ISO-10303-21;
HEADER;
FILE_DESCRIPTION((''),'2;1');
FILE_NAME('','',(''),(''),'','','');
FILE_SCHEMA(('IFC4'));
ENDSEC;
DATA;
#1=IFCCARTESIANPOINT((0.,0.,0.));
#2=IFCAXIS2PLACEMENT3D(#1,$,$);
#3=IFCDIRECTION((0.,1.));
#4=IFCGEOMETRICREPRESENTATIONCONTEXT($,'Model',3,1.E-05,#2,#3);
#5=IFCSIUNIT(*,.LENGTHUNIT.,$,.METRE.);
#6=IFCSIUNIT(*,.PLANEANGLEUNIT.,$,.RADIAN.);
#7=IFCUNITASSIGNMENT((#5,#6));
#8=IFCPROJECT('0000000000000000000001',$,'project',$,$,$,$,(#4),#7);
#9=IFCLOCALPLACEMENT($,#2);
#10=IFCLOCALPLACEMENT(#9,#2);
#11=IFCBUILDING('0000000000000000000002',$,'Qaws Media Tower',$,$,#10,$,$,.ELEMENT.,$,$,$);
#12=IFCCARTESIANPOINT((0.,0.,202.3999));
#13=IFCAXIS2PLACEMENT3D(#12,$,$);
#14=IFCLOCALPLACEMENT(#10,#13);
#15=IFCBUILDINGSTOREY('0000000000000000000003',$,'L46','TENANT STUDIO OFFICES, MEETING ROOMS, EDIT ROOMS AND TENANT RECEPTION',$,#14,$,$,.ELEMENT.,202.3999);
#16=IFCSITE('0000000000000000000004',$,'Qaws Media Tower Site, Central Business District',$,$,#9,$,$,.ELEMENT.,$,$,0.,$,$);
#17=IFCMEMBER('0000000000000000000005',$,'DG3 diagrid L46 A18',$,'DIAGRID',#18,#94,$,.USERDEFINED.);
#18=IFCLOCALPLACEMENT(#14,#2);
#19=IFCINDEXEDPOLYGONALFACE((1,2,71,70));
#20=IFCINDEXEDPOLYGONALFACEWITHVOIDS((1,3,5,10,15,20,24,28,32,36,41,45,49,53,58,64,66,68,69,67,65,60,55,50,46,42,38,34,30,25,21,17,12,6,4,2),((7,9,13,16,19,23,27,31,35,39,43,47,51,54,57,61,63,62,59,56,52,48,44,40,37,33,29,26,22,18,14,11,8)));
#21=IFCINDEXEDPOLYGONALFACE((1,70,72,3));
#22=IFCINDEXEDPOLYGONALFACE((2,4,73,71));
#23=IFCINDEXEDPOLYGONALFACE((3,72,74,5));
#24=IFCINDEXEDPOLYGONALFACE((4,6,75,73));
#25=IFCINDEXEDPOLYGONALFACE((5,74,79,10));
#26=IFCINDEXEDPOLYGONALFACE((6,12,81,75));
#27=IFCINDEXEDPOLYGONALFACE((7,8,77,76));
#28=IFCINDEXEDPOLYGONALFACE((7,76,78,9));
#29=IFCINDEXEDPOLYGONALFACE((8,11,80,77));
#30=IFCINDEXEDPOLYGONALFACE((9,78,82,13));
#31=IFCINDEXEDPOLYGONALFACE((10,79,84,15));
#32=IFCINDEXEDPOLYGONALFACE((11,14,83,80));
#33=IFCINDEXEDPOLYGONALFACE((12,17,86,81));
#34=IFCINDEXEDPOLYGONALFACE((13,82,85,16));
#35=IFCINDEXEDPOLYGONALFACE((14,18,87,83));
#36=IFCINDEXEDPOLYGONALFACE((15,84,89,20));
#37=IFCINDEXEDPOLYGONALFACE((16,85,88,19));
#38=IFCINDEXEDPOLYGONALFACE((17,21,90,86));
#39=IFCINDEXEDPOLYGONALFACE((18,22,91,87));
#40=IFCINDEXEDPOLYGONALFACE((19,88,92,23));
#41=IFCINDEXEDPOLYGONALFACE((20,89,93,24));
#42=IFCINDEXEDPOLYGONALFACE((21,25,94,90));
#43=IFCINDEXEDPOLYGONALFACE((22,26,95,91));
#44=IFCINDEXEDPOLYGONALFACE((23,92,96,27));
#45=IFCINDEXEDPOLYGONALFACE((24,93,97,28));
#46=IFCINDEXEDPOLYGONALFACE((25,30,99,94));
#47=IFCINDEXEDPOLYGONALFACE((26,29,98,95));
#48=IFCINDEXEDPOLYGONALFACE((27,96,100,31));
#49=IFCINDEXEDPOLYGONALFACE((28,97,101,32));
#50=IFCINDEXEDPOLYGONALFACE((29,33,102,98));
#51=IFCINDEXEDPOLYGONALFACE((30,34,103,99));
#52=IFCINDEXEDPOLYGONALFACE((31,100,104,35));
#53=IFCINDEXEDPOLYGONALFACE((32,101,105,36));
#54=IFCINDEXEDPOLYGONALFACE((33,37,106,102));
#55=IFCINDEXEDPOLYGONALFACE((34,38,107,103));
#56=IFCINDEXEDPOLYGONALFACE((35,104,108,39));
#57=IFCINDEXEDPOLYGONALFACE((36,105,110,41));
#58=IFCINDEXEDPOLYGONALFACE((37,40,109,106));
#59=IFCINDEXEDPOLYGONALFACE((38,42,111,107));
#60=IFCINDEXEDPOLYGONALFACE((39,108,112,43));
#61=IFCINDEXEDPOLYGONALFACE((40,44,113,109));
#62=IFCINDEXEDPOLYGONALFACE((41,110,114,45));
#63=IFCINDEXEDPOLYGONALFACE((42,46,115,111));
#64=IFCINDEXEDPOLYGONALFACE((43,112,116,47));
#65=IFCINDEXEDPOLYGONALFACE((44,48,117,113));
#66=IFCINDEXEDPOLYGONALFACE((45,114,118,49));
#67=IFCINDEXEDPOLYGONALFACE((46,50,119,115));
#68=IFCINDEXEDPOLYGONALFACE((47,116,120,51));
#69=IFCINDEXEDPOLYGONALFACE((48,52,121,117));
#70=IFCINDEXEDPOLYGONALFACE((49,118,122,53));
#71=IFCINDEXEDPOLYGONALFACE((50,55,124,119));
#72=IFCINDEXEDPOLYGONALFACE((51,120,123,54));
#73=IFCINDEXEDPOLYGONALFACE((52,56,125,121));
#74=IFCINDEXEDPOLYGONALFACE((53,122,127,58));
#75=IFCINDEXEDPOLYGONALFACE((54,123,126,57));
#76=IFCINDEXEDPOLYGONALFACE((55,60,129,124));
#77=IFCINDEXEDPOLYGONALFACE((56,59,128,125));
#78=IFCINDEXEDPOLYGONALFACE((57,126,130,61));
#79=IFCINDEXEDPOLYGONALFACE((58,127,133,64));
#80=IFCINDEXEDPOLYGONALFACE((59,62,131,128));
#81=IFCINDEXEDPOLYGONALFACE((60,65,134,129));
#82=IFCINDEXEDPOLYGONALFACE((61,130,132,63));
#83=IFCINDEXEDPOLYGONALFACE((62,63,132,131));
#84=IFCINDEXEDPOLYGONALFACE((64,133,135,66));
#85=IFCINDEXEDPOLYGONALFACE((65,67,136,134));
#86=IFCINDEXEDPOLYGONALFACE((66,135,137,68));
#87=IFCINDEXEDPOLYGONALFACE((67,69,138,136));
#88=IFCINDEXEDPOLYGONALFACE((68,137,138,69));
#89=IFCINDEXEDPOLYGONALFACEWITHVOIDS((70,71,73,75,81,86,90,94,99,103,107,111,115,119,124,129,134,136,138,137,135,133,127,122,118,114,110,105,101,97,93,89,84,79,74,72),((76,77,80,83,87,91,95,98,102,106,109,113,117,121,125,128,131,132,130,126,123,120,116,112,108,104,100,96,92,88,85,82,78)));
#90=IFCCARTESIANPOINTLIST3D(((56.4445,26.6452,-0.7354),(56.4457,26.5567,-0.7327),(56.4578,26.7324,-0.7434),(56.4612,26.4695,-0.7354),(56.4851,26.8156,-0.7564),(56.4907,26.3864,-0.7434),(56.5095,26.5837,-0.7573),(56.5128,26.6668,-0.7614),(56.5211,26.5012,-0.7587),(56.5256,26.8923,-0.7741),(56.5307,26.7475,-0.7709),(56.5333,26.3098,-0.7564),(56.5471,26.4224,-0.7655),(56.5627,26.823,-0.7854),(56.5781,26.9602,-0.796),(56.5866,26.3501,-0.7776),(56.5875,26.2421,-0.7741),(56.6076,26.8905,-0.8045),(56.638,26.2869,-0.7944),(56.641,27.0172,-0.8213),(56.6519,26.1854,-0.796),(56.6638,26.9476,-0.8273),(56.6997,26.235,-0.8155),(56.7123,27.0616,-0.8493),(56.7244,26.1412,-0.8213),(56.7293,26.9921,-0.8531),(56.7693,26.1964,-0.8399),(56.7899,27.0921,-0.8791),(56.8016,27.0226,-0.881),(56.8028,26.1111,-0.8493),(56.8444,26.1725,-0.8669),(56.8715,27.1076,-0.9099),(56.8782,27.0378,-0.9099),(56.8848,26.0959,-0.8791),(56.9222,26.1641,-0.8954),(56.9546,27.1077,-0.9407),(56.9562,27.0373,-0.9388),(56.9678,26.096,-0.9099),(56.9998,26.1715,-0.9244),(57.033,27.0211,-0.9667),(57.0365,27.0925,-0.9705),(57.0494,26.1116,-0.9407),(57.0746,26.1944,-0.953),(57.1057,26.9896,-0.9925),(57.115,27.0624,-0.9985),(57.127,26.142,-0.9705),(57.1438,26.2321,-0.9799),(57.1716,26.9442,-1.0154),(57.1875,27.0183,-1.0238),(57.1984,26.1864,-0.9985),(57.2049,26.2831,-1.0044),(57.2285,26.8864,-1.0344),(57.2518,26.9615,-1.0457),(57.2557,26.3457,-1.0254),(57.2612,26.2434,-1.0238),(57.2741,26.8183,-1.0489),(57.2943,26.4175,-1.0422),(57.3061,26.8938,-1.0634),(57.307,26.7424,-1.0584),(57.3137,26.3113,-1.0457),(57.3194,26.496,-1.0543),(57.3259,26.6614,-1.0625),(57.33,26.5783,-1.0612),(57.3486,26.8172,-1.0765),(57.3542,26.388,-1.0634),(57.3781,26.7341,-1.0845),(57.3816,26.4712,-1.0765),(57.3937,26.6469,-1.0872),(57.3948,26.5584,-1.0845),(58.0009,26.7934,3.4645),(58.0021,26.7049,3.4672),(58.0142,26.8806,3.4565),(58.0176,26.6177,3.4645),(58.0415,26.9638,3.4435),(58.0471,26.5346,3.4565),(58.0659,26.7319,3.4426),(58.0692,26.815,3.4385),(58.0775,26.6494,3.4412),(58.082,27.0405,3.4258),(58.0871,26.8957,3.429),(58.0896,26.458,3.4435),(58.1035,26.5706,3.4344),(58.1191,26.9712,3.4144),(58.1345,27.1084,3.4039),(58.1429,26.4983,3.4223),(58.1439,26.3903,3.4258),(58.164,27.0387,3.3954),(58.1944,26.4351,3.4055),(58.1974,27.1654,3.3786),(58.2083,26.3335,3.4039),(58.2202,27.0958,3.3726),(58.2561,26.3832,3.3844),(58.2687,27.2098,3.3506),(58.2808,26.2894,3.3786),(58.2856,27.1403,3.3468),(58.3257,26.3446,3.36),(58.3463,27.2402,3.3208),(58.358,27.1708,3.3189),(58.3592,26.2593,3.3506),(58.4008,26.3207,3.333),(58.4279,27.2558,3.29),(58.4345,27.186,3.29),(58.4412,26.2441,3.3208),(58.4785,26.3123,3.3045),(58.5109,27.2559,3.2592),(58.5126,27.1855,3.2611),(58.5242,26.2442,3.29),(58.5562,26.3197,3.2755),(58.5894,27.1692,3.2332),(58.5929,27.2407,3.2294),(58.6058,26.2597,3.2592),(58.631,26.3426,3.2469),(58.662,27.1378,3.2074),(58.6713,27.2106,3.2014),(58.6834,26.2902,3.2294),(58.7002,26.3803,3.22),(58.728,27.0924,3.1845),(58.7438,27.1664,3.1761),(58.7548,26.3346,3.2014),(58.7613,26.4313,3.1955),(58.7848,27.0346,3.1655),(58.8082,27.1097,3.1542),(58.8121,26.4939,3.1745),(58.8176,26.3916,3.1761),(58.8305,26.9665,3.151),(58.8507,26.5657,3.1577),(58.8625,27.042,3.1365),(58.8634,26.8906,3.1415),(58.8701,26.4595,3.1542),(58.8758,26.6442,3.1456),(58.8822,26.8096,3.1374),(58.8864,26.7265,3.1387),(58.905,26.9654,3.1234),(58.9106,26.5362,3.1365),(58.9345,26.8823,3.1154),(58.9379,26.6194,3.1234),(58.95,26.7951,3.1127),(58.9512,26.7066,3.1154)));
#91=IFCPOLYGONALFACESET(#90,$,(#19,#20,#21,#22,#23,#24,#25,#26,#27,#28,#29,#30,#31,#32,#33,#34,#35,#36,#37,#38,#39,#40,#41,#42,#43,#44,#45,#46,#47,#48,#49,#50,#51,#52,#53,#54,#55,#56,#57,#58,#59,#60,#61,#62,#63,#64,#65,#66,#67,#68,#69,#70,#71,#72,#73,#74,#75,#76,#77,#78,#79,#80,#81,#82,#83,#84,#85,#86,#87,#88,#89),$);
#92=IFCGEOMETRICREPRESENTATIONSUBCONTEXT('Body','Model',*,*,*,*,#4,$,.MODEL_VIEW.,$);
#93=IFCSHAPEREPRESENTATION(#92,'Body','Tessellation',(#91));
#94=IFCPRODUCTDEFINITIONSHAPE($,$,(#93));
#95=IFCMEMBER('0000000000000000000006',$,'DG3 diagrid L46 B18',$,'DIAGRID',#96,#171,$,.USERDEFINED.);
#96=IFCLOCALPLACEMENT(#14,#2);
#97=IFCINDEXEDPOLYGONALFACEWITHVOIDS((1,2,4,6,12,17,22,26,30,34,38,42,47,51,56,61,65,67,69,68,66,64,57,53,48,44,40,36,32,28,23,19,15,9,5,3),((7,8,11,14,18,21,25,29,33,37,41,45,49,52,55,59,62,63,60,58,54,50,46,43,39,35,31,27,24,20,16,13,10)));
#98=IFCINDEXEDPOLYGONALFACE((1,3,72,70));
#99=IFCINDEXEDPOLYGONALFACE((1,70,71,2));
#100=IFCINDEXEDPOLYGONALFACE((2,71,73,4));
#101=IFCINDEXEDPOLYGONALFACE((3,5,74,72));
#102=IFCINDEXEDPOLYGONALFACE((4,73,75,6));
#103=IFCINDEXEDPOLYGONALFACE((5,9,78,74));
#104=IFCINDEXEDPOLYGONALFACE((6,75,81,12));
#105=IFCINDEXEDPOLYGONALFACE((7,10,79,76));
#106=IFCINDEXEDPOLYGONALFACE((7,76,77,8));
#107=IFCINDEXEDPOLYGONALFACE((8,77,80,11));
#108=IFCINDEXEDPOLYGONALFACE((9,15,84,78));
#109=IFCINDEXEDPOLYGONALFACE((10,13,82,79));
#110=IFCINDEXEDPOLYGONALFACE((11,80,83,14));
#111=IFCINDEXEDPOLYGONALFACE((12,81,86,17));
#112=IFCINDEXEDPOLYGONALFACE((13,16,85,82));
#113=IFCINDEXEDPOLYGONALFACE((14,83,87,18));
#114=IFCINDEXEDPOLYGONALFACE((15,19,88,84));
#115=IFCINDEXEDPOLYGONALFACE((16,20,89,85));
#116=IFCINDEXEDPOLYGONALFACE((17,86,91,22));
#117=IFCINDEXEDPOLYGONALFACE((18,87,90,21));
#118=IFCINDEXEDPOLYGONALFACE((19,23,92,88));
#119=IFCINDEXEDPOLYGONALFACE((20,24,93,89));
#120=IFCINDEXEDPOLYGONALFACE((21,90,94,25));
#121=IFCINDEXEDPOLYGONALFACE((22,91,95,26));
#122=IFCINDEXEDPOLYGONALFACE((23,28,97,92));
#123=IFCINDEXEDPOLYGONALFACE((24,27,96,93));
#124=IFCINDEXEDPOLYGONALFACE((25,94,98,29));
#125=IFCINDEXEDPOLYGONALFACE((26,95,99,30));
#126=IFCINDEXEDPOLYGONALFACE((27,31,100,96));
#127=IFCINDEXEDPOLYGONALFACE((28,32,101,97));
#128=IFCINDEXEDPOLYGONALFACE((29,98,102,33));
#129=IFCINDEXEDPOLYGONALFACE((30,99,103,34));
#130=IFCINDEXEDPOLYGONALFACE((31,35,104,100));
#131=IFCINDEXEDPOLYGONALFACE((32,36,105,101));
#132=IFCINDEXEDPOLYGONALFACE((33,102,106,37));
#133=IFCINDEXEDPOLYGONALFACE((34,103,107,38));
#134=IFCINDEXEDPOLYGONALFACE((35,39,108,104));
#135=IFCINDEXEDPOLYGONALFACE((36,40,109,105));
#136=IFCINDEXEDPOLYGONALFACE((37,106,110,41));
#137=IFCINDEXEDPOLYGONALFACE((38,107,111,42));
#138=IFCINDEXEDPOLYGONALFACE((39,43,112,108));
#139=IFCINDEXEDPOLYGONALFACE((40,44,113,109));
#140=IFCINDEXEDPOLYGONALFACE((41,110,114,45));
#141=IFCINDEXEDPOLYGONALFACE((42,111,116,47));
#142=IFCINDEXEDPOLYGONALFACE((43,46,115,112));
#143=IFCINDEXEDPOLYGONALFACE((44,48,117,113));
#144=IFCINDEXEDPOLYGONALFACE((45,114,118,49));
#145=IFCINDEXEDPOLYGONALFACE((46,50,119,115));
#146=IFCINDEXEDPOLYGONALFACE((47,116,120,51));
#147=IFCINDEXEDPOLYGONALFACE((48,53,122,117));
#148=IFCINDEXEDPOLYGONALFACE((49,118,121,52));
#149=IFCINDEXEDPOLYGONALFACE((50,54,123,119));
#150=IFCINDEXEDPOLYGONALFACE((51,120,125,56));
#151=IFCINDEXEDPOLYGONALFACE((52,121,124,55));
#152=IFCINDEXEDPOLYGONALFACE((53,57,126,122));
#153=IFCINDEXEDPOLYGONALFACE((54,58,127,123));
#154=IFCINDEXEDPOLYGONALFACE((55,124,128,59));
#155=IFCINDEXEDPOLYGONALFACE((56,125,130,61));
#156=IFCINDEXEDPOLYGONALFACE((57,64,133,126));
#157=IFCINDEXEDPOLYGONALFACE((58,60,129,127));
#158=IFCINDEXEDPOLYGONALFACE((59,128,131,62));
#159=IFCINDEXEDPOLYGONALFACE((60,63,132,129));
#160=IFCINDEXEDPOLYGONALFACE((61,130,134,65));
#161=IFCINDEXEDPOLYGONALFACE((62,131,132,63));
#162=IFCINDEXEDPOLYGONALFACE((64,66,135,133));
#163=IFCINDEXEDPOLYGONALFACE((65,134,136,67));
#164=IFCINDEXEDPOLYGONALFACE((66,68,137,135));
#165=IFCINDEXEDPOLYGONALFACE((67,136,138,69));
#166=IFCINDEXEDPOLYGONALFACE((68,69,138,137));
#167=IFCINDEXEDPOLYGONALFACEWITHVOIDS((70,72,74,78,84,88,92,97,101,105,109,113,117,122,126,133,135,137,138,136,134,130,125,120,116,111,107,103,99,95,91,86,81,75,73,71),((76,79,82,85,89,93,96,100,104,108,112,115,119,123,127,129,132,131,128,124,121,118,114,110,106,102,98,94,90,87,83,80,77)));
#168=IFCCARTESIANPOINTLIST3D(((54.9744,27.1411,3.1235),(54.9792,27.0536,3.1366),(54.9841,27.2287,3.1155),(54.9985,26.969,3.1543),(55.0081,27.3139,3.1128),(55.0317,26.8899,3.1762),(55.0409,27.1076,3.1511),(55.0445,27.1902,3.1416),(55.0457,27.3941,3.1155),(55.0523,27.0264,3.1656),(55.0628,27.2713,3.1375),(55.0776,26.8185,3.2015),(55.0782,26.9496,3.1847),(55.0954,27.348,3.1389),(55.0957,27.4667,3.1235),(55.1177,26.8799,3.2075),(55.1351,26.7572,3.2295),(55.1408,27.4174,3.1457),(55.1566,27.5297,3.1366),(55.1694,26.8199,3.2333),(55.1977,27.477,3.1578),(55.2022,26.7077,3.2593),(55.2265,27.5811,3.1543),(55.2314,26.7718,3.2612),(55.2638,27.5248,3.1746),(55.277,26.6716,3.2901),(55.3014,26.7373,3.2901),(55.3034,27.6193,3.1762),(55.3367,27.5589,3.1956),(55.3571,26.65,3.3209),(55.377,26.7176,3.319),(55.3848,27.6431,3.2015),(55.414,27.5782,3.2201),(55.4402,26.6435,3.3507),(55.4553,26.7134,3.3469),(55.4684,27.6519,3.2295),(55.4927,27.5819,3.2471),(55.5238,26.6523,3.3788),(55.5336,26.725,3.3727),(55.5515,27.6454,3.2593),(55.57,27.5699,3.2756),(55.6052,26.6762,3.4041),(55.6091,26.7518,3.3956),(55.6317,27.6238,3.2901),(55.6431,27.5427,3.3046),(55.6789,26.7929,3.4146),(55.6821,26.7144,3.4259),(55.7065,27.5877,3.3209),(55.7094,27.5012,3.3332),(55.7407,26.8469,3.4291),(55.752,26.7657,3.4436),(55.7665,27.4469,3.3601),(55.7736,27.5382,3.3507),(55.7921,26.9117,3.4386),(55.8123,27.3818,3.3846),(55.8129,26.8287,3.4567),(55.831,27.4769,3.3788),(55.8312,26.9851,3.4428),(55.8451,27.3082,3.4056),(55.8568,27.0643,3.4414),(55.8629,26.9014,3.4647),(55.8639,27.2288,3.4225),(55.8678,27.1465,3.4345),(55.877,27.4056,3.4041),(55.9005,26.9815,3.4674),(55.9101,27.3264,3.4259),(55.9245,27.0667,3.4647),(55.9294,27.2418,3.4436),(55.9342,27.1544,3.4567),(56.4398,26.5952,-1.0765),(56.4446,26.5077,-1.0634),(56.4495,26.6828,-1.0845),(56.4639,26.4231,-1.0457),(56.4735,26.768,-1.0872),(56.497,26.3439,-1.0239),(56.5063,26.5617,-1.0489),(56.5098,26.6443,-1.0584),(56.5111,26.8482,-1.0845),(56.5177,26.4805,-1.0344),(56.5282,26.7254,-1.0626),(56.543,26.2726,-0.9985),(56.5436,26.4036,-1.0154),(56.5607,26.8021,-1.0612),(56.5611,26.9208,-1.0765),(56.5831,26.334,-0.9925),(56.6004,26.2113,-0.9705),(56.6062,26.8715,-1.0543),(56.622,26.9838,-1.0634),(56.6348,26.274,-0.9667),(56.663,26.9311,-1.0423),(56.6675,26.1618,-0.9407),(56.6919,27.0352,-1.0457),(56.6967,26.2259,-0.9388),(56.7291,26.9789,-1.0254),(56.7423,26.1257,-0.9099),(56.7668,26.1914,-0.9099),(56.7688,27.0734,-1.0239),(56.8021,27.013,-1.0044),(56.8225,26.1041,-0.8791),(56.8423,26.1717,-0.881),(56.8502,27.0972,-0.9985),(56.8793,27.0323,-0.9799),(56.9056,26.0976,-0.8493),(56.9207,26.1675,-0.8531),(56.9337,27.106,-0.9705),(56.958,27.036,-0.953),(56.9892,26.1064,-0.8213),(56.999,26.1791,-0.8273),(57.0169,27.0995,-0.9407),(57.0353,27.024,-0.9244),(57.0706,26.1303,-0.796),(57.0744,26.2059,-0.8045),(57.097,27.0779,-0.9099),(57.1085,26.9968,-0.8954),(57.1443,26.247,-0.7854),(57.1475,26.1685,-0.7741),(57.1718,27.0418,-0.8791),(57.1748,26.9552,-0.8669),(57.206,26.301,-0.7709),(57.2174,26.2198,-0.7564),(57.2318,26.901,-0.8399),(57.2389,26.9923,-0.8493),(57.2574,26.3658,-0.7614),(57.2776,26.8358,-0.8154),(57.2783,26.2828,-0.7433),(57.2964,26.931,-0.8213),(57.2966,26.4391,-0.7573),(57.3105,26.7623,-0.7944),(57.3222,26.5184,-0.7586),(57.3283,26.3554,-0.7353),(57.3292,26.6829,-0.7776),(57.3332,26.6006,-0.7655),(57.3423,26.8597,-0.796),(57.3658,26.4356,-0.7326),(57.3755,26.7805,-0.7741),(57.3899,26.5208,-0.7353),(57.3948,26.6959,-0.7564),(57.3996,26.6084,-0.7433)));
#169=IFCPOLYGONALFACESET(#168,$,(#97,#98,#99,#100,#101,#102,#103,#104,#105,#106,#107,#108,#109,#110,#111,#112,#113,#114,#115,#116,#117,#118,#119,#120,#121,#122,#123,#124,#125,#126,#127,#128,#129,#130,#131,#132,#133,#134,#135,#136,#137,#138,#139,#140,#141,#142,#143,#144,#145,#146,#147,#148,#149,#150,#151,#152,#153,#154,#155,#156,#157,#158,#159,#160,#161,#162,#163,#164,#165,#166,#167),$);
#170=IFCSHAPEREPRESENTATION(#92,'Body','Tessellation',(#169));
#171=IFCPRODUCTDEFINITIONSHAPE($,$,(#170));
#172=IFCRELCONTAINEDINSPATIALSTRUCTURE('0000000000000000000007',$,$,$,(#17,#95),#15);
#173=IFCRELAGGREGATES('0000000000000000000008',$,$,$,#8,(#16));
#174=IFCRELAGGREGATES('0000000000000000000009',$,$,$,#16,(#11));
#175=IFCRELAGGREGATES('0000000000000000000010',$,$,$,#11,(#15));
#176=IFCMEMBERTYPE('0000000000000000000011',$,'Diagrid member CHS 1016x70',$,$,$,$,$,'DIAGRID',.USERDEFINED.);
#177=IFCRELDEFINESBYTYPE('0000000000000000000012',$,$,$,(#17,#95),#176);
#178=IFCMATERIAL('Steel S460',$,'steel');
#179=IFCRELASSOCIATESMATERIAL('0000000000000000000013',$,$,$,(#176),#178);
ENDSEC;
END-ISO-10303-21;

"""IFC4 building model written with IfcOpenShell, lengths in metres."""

from ifc_helpers import new_model, si_unit, direction, frame, origin, origin_2d, place, context, subcontext, project, spatial, hollow_circle, extrude, material, material_profile, profile_set, type_object, element, save


model = new_model("IFC4")

# Units and contexts
model_context = context("Model", 3, precision=1e-05, world=origin(), true_north=direction((0.0, 1.0)))
body_context = subcontext(model_context, "Body", "Model", "MODEL_VIEW")
ifc_project = project(units=[si_unit("LENGTHUNIT", "METRE"), si_unit("PLANEANGLEUNIT", "RADIAN")], contexts=[model_context])

# Site, building, storey
site_placement = place(None, origin())
site = spatial("IfcSite", under=ifc_project, at=site_placement, Name="Qaws Media Tower Site, Central Business District", CompositionType="ELEMENT", RefElevation=0.0)
building_placement = place(site_placement, origin())
building = spatial("IfcBuilding", under=site, at=building_placement, Name="Qaws Media Tower", CompositionType="ELEMENT")
storey_placement = place(building_placement, frame((0.0, 0.0, 202.3999)))
storey = spatial("IfcBuildingStorey", under=building, at=storey_placement, Name="L46", Description="TENANT STUDIO OFFICES, MEETING ROOMS, EDIT ROOMS AND TENANT RECEPTION", CompositionType="ELEMENT", Elevation=202.3999)

# Members
ifc_material_1 = material(Name="Steel S460", Category="steel")
ifc_material_profile_1 = material_profile(ifc_material_1, hollow_circle(Radius=0.5081, WallThickness=0.0701, at=origin_2d()), Name="CHS 1016x70")
ifc_profile_set_1 = profile_set([ifc_material_profile_1], Name="Steel S460")
member_type_1 = type_object("IfcMemberType", Name="Diagrid member CHS 1016x70", ElementType="DIAGRID", PredefinedType="USERDEFINED", material=ifc_profile_set_1)
member_1_placement = place(storey_placement, frame((56.9197, 26.6018, -0.9099), z_axis=(0.347293, 0.033068, 0.937173), x_axis=(-0.094787, 0.995498, 0.0)))
element("IfcMember", 1, at=member_1_placement, inside=storey, type_object=member_type_1, Name="DG3 diagrid L46 A18", ObjectType="DIAGRID", PredefinedType="USERDEFINED", context=body_context, shape_type="SweptSolid", body=[
    extrude(hollow_circle(Radius=0.5081, WallThickness=0.0701, at=origin_2d()), origin(), (0.0, 0.0, 1.0), 4.4814),
])
for number, where, z_axis, x_axis, name in (
    (2, (56.9197, 26.6018, -0.9099), (-0.326966, 0.121809, 0.937153), (-0.349104, -0.937084, 0.0), "DG3 diagrid L46 B18"),
):
    element("IfcMember", number, at=place(storey_placement, frame(where, z_axis=z_axis, x_axis=x_axis)), inside=storey, type_object=member_type_1, Name=name, ObjectType="DIAGRID", PredefinedType="USERDEFINED", context=body_context, shape_type="SweptSolid", body=[
        extrude(hollow_circle(Radius=0.5081, WallThickness=0.0701, at=origin_2d()), origin(), (0.0, 0.0, 1.0), 4.4817),
    ])

save(model, "model.ifc")
